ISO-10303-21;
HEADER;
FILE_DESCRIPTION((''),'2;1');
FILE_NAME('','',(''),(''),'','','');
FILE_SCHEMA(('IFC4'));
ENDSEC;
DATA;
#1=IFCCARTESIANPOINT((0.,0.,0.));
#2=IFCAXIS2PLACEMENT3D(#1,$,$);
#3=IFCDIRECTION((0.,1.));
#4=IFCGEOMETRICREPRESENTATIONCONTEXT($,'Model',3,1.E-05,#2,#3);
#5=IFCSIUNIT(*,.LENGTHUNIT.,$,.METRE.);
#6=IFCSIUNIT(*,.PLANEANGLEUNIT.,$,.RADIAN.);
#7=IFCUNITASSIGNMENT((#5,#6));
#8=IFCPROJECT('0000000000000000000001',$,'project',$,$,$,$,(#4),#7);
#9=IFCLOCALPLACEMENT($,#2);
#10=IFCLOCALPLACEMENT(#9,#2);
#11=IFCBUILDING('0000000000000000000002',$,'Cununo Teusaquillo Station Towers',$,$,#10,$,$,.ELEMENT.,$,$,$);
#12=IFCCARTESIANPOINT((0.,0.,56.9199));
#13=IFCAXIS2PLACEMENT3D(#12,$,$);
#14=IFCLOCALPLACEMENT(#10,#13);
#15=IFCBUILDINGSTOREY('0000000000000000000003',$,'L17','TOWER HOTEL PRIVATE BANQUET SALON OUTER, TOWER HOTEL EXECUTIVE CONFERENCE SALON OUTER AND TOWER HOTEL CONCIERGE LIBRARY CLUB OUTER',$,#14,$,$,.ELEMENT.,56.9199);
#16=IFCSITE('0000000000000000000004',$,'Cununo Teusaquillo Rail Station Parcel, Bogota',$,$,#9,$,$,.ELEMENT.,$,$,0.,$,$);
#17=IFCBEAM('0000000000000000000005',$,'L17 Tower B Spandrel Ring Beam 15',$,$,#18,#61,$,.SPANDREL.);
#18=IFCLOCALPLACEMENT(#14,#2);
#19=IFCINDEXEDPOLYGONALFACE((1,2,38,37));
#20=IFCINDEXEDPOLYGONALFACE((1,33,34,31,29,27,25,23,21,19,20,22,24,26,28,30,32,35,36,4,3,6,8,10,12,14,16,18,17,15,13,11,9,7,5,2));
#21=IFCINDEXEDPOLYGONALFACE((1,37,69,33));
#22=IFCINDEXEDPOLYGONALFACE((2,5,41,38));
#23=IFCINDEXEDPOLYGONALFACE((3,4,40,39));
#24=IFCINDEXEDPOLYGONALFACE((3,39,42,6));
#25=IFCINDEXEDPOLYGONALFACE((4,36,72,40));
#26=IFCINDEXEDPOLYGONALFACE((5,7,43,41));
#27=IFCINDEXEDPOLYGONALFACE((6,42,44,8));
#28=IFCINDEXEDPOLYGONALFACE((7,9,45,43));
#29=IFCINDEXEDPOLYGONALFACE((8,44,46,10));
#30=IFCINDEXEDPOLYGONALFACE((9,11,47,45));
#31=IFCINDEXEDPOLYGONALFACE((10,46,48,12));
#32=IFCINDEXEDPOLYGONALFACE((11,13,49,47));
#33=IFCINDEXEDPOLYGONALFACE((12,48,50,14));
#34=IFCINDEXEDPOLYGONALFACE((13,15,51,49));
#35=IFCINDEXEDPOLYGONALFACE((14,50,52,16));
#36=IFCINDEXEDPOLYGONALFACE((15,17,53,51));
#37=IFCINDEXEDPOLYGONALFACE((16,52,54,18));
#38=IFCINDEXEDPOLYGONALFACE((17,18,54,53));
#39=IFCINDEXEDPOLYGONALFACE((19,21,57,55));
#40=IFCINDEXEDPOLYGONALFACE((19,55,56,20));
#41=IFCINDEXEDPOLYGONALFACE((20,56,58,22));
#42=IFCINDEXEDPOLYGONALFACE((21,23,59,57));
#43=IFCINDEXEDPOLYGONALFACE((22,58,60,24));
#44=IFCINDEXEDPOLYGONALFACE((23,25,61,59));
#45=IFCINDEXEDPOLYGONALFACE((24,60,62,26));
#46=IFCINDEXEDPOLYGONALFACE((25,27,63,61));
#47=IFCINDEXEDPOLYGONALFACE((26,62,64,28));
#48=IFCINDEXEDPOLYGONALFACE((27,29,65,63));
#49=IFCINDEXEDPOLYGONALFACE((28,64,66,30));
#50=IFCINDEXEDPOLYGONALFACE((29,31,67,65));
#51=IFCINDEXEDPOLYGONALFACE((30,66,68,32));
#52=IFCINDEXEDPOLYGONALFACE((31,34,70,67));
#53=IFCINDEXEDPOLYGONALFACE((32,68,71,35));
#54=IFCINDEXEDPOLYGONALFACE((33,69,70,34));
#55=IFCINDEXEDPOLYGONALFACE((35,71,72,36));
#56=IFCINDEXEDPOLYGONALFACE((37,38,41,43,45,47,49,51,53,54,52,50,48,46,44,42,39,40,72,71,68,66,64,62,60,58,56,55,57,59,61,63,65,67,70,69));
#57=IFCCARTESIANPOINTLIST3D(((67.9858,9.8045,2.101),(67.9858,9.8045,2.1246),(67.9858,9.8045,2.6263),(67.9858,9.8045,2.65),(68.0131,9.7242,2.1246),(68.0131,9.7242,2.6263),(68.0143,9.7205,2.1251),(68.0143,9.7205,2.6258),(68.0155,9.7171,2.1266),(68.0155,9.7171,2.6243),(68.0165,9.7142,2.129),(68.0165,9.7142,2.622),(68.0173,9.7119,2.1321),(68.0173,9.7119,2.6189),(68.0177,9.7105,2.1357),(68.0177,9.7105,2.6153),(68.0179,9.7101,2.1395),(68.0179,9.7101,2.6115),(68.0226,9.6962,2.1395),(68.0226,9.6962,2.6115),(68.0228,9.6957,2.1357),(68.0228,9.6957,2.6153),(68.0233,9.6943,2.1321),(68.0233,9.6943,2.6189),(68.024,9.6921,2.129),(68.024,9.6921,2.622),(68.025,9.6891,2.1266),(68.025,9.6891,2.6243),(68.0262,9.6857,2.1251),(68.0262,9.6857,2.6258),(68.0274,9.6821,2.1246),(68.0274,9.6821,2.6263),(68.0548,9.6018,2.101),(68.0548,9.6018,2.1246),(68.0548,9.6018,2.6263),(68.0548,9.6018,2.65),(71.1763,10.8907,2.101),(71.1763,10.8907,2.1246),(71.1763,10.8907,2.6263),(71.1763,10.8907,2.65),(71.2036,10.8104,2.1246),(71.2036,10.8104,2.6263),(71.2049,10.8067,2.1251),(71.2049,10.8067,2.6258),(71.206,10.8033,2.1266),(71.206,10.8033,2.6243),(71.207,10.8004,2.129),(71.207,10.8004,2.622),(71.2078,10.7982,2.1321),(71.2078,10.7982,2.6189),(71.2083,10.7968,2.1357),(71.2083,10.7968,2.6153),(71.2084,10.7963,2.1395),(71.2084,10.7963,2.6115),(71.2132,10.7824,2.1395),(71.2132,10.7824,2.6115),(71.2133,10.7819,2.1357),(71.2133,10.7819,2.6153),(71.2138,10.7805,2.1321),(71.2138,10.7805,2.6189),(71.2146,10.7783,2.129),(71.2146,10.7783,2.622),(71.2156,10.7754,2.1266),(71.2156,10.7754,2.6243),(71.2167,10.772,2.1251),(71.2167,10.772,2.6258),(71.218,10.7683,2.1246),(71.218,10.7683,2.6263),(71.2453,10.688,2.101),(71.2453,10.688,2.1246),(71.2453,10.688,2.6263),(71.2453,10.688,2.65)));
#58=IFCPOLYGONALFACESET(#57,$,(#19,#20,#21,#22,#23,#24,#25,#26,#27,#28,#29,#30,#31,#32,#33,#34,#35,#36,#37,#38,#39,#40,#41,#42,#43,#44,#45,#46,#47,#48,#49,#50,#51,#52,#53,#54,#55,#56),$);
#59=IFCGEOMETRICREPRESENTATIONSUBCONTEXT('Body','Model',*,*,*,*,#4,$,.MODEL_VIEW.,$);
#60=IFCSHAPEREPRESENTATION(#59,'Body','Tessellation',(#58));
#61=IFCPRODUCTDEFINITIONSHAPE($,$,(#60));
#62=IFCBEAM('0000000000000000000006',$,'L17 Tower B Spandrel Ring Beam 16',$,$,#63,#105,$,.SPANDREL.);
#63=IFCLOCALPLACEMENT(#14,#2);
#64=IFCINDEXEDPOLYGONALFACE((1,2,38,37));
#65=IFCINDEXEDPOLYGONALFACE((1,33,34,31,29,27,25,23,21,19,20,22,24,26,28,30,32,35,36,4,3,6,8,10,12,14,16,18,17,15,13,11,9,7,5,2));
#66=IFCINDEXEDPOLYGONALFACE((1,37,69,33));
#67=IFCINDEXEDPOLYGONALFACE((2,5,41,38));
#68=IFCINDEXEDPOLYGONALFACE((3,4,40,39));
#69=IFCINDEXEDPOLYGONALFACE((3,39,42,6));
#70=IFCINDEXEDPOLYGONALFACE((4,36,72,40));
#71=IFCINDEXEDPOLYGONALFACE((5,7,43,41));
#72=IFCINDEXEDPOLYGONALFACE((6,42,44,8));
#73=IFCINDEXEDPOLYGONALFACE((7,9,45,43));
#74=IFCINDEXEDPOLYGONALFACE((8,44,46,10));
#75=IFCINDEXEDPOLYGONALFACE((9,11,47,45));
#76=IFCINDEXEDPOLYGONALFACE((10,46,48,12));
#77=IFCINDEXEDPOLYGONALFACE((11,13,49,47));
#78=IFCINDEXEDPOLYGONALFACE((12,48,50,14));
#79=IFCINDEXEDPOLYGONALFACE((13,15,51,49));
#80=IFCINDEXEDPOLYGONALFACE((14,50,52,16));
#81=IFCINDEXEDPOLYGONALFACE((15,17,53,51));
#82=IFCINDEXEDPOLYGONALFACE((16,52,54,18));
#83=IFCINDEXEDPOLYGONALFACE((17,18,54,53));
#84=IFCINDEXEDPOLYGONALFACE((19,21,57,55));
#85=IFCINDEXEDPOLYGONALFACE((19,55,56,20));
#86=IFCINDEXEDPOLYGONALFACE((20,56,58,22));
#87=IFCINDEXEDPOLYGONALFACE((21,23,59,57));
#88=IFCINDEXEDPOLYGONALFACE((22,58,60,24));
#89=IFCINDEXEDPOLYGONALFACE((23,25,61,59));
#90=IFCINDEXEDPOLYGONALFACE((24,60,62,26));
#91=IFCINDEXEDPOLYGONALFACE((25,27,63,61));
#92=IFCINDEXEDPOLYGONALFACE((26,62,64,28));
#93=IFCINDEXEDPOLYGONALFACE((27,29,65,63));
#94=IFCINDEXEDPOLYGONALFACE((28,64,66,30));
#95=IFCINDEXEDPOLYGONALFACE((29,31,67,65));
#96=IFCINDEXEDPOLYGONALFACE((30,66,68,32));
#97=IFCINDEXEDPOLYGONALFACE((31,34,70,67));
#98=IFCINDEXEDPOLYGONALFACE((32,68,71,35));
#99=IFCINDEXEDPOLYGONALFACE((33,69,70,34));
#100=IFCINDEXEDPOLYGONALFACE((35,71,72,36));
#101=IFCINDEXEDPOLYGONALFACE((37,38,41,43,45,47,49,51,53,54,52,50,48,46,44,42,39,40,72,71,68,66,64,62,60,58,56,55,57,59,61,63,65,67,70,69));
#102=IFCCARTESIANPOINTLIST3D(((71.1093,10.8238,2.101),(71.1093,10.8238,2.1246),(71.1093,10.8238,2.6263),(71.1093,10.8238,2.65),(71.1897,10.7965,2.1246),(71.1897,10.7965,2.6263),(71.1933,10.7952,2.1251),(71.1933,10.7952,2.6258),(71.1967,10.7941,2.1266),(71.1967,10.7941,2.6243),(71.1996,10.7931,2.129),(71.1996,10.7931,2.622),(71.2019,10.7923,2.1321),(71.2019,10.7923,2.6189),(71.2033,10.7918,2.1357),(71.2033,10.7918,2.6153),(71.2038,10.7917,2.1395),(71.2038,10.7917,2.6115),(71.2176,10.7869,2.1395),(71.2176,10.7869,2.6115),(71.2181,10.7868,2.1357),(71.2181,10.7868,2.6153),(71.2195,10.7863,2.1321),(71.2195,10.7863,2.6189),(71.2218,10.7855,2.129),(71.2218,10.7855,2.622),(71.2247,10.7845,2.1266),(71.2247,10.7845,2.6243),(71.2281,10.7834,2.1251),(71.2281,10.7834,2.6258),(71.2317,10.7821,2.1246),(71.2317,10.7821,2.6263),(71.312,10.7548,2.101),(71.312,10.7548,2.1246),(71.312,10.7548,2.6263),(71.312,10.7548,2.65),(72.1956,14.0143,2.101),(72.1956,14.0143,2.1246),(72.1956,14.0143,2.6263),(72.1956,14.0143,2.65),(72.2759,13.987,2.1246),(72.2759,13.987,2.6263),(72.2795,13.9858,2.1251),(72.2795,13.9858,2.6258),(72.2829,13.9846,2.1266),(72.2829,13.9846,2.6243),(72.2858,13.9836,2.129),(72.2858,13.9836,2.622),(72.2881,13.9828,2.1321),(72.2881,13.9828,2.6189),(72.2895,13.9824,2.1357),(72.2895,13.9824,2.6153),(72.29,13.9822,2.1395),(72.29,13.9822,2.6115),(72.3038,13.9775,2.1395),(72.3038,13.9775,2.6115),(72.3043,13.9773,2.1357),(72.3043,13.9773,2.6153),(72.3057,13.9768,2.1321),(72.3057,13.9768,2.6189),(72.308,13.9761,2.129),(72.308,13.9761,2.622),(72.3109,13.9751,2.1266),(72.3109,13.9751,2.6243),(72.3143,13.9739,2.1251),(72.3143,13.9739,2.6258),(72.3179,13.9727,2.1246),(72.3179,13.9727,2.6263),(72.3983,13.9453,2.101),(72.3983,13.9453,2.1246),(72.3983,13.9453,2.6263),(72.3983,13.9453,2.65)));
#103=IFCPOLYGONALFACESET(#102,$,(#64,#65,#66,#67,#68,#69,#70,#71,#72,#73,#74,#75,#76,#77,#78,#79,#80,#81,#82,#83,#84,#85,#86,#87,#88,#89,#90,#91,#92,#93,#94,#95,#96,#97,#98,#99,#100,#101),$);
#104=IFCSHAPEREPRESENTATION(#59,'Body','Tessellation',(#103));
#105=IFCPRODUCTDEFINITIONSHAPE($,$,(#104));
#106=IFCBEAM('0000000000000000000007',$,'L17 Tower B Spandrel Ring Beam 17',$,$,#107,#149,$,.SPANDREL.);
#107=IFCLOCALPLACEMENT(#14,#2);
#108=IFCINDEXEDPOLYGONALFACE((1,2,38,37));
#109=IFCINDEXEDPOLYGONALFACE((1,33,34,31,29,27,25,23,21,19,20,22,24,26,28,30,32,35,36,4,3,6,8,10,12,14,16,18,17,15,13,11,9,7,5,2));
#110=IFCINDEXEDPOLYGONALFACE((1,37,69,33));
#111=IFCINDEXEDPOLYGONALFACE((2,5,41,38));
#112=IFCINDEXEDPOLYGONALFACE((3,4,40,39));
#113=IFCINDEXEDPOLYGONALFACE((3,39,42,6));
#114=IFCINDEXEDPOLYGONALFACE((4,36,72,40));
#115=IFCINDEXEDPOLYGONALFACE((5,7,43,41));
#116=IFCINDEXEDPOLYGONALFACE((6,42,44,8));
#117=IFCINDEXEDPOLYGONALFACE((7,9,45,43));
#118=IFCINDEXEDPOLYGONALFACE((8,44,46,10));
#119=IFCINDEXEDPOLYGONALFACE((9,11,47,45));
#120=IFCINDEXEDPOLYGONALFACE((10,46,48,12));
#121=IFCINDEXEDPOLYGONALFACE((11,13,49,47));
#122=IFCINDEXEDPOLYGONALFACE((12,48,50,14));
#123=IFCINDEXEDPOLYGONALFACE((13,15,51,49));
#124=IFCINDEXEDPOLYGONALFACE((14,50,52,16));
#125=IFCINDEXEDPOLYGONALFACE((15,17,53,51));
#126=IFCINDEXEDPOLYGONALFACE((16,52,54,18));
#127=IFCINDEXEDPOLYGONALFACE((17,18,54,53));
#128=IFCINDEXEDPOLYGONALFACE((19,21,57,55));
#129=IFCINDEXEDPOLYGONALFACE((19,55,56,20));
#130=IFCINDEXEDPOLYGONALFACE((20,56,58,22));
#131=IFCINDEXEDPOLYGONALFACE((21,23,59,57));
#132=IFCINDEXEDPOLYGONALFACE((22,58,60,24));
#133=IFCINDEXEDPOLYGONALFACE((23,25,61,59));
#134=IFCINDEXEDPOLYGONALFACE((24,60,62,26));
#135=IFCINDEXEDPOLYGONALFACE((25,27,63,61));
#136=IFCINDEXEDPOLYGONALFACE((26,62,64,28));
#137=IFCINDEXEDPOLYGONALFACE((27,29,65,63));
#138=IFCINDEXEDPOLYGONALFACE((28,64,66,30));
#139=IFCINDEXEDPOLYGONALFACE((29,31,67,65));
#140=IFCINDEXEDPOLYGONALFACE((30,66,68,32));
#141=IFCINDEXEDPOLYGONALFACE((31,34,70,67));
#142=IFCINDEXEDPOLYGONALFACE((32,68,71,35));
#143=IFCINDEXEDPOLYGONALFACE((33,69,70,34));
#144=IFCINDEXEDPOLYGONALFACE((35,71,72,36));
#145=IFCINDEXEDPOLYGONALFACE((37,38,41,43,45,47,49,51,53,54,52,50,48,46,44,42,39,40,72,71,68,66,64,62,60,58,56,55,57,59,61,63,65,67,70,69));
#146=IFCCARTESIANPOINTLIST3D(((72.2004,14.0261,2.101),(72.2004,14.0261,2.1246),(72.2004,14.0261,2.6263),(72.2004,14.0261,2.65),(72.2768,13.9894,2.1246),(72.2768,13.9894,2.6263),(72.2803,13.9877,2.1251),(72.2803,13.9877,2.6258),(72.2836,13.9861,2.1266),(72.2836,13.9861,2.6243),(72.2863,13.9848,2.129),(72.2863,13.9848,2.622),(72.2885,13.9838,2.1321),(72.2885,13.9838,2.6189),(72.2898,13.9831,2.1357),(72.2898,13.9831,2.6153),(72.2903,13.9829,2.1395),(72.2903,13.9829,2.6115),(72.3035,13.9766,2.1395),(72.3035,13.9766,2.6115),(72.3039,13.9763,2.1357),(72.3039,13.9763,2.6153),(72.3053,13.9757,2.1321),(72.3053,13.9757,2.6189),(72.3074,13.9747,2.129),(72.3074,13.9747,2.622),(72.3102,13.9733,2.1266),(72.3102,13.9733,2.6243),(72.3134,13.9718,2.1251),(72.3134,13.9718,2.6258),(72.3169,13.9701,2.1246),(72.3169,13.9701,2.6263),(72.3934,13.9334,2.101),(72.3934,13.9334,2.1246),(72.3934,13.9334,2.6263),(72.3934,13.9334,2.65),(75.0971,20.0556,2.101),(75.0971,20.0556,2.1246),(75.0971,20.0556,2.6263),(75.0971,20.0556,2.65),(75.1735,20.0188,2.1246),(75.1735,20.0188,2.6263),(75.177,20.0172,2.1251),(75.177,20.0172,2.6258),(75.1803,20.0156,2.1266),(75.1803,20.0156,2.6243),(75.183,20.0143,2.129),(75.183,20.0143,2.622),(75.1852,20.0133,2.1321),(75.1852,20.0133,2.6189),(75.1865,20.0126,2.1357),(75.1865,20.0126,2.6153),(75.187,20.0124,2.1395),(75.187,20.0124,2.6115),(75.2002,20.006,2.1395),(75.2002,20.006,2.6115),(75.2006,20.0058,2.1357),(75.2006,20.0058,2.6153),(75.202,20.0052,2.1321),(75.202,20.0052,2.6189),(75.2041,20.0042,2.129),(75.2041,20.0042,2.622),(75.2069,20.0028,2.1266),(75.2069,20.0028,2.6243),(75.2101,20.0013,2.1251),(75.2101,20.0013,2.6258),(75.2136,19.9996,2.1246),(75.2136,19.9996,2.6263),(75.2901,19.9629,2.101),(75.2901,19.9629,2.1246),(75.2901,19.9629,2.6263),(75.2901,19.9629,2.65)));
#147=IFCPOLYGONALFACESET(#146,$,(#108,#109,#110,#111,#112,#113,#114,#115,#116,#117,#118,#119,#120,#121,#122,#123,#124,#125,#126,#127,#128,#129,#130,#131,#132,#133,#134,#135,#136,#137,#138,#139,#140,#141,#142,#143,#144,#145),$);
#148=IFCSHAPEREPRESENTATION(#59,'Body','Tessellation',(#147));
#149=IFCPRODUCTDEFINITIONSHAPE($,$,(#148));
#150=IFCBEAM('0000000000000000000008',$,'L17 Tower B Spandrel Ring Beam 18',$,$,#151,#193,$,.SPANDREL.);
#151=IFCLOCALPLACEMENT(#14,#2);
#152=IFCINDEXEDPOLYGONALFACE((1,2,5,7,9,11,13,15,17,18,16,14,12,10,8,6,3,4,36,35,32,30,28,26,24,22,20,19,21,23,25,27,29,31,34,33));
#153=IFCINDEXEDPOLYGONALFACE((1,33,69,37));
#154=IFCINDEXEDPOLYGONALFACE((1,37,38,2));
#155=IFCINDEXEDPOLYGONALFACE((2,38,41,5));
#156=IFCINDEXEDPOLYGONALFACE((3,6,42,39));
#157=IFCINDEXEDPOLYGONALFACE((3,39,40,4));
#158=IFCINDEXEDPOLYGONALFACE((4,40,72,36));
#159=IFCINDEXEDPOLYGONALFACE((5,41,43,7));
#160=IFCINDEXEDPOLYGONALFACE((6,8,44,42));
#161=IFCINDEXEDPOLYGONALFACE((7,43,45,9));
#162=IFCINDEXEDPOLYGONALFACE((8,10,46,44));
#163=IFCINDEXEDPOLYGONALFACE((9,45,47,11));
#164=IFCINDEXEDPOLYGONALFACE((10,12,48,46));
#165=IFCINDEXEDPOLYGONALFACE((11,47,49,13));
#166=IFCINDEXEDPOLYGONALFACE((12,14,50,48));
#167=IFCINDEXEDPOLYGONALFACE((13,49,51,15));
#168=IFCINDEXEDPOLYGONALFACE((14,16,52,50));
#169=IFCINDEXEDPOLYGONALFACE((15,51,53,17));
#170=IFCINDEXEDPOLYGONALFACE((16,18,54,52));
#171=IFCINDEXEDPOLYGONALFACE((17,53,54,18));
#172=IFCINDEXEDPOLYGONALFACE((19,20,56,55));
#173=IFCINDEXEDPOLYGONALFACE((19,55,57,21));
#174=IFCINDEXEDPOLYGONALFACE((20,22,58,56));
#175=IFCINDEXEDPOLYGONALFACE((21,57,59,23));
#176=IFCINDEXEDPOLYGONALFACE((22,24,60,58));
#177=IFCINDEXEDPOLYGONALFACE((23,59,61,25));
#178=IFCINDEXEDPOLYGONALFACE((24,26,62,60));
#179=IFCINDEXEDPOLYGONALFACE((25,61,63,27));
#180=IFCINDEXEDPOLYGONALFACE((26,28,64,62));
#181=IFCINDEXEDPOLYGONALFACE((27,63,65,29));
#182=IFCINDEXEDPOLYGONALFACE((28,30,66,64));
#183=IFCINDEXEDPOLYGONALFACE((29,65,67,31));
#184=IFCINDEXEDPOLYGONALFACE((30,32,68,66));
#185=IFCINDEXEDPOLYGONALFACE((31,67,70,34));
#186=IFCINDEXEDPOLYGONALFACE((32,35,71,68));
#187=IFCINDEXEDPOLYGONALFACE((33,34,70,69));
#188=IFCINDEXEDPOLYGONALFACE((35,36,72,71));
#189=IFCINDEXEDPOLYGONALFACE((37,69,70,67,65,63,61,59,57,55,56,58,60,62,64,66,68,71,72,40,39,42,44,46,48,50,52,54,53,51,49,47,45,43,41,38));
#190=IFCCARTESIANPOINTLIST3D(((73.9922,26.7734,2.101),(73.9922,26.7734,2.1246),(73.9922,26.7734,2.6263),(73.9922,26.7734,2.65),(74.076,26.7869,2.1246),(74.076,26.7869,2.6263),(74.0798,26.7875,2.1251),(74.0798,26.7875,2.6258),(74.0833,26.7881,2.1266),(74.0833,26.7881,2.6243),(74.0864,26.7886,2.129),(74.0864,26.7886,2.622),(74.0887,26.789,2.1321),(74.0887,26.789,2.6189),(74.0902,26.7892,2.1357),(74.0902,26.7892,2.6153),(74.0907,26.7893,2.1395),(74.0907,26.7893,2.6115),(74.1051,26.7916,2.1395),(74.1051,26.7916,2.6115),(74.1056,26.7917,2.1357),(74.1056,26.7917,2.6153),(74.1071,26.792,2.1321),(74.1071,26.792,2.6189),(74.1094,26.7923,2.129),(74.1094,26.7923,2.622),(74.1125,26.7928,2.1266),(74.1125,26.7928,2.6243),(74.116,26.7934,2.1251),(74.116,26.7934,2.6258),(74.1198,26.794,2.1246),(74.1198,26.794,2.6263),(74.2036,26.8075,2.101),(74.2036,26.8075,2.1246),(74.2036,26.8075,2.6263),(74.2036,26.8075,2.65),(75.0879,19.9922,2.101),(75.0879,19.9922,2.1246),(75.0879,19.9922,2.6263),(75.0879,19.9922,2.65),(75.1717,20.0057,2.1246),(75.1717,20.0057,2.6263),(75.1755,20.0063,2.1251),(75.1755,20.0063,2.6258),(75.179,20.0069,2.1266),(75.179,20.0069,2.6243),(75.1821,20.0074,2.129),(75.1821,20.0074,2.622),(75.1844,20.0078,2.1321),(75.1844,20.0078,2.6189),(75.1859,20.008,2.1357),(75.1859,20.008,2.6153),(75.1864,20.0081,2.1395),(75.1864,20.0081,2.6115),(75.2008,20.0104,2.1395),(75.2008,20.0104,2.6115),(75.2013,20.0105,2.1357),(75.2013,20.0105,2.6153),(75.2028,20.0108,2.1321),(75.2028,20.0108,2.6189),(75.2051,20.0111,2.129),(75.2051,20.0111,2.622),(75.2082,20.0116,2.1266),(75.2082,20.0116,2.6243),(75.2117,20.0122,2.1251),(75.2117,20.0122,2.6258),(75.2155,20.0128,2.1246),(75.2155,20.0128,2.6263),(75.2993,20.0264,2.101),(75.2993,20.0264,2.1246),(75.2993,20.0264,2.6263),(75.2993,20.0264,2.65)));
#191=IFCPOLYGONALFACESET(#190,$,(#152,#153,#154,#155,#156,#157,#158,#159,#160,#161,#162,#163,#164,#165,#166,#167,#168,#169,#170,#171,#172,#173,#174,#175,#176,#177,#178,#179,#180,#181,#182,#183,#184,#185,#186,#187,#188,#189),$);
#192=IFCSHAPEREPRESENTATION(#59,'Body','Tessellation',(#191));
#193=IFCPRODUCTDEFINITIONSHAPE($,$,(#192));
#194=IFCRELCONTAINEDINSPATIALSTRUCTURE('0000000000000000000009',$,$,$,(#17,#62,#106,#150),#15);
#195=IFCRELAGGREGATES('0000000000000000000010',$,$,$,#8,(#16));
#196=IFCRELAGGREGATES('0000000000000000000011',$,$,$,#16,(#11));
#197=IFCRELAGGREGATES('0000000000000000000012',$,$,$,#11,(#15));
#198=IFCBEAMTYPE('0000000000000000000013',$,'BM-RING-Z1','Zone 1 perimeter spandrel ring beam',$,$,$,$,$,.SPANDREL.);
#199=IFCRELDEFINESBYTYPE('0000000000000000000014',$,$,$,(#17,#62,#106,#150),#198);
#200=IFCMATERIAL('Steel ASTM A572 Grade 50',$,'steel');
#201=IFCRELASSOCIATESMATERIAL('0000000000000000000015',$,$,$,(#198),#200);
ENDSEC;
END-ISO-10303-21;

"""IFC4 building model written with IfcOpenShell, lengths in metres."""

from ifc_helpers import new_model, si_unit, direction, frame, origin, origin_2d, place, context, subcontext, project, spatial, i_section, extrude, material, material_profile, profile_set, type_object, element, save


model = new_model("IFC4")

# Units and contexts
model_context = context("Model", 3, precision=1e-05, world=origin(), true_north=direction((0.0, 1.0)))
body_context = subcontext(model_context, "Body", "Model", "MODEL_VIEW")
ifc_project = project(units=[si_unit("LENGTHUNIT", "METRE"), si_unit("PLANEANGLEUNIT", "RADIAN")], contexts=[model_context])

# Site, building, storey
site_placement = place(None, origin())
site = spatial("IfcSite", under=ifc_project, at=site_placement, Name="Cununo Teusaquillo Rail Station Parcel, Bogota", CompositionType="ELEMENT", RefElevation=0.0)
building_placement = place(site_placement, origin())
building = spatial("IfcBuilding", under=site, at=building_placement, Name="Cununo Teusaquillo Station Towers", CompositionType="ELEMENT")
storey_placement = place(building_placement, frame((0.0, 0.0, 56.9199)))
storey = spatial("IfcBuildingStorey", under=building, at=storey_placement, Name="L17", Description="TOWER HOTEL PRIVATE BANQUET SALON OUTER, TOWER HOTEL EXECUTIVE CONFERENCE SALON OUTER AND TOWER HOTEL CONCIERGE LIBRARY CLUB OUTER", CompositionType="ELEMENT", Elevation=56.9199)

# Beams
ifc_material_1 = material(Name="Steel ASTM A572 Grade 50", Category="steel")
ifc_material_profile_1 = material_profile(ifc_material_1, i_section(OverallWidth=0.2141, OverallDepth=0.5491, WebThickness=0.0146, FlangeThickness=0.0237, FilletRadius=0.0149, at=origin_2d()), Name="W21X93")
ifc_profile_set_1 = profile_set([ifc_material_profile_1], Name="Steel ASTM A572 Grade 50")
beam_type_1 = type_object("IfcBeamType", Name="BM-RING-Z1", Description="Zone 1 perimeter spandrel ring beam", PredefinedType="SPANDREL", material=ifc_profile_set_1)
for number, where, z_axis, x_axis, name in (
    (1, (68.0203, 9.7031, 2.3755), (0.946643, 0.322285, 0.0), (-0.322285, 0.946643, 0.0), "L17 Tower B Spandrel Ring Beam 15"),
    (2, (71.2107, 10.7893, 2.3755), (0.322285, 0.946643, 0.0), (-0.946643, 0.322285, 0.0), "L17 Tower B Spandrel Ring Beam 16"),
):
    element("IfcBeam", number, at=place(storey_placement, frame(where, z_axis=z_axis, x_axis=x_axis)), inside=storey, type_object=beam_type_1, Name=name, PredefinedType="SPANDREL", context=body_context, shape_type="SweptSolid", body=[
        extrude(i_section(OverallWidth=0.2141, OverallDepth=0.5491, WebThickness=0.0146, FlangeThickness=0.0237, FilletRadius=0.0149, at=origin_2d()), origin(), (0.0, 0.0, 1.0), 3.3704),
    ])
beam_1_placement = place(storey_placement, frame((72.2969, 13.9797, 2.3755), z_axis=(0.433041, 0.901374, 0.0), x_axis=(-0.901374, 0.433041, 0.0)))
element("IfcBeam", 3, at=beam_1_placement, inside=storey, type_object=beam_type_1, Name="L17 Tower B Spandrel Ring Beam 17", PredefinedType="SPANDREL", context=body_context, shape_type="SweptSolid", body=[
    extrude(i_section(OverallWidth=0.2141, OverallDepth=0.5491, WebThickness=0.0146, FlangeThickness=0.0237, FilletRadius=0.0149, at=origin_2d()), origin(), (0.0, 0.0, 1.0), 6.6892),
])
beam_2_placement = place(storey_placement, frame((75.1936, 20.0093, 2.3755), z_axis=(-0.15951, 0.987196, 0.0), x_axis=(-0.987196, -0.15951, 0.0)))
element("IfcBeam", 4, at=beam_2_placement, inside=storey, type_object=beam_type_1, Name="L17 Tower B Spandrel Ring Beam 18", PredefinedType="SPANDREL", context=body_context, shape_type="SweptSolid", body=[
    extrude(i_section(OverallWidth=0.2141, OverallDepth=0.5491, WebThickness=0.0146, FlangeThickness=0.0237, FilletRadius=0.0149, at=origin_2d()), origin(), (0.0, 0.0, 1.0), 6.8691),
])

save(model, "model.ifc")
